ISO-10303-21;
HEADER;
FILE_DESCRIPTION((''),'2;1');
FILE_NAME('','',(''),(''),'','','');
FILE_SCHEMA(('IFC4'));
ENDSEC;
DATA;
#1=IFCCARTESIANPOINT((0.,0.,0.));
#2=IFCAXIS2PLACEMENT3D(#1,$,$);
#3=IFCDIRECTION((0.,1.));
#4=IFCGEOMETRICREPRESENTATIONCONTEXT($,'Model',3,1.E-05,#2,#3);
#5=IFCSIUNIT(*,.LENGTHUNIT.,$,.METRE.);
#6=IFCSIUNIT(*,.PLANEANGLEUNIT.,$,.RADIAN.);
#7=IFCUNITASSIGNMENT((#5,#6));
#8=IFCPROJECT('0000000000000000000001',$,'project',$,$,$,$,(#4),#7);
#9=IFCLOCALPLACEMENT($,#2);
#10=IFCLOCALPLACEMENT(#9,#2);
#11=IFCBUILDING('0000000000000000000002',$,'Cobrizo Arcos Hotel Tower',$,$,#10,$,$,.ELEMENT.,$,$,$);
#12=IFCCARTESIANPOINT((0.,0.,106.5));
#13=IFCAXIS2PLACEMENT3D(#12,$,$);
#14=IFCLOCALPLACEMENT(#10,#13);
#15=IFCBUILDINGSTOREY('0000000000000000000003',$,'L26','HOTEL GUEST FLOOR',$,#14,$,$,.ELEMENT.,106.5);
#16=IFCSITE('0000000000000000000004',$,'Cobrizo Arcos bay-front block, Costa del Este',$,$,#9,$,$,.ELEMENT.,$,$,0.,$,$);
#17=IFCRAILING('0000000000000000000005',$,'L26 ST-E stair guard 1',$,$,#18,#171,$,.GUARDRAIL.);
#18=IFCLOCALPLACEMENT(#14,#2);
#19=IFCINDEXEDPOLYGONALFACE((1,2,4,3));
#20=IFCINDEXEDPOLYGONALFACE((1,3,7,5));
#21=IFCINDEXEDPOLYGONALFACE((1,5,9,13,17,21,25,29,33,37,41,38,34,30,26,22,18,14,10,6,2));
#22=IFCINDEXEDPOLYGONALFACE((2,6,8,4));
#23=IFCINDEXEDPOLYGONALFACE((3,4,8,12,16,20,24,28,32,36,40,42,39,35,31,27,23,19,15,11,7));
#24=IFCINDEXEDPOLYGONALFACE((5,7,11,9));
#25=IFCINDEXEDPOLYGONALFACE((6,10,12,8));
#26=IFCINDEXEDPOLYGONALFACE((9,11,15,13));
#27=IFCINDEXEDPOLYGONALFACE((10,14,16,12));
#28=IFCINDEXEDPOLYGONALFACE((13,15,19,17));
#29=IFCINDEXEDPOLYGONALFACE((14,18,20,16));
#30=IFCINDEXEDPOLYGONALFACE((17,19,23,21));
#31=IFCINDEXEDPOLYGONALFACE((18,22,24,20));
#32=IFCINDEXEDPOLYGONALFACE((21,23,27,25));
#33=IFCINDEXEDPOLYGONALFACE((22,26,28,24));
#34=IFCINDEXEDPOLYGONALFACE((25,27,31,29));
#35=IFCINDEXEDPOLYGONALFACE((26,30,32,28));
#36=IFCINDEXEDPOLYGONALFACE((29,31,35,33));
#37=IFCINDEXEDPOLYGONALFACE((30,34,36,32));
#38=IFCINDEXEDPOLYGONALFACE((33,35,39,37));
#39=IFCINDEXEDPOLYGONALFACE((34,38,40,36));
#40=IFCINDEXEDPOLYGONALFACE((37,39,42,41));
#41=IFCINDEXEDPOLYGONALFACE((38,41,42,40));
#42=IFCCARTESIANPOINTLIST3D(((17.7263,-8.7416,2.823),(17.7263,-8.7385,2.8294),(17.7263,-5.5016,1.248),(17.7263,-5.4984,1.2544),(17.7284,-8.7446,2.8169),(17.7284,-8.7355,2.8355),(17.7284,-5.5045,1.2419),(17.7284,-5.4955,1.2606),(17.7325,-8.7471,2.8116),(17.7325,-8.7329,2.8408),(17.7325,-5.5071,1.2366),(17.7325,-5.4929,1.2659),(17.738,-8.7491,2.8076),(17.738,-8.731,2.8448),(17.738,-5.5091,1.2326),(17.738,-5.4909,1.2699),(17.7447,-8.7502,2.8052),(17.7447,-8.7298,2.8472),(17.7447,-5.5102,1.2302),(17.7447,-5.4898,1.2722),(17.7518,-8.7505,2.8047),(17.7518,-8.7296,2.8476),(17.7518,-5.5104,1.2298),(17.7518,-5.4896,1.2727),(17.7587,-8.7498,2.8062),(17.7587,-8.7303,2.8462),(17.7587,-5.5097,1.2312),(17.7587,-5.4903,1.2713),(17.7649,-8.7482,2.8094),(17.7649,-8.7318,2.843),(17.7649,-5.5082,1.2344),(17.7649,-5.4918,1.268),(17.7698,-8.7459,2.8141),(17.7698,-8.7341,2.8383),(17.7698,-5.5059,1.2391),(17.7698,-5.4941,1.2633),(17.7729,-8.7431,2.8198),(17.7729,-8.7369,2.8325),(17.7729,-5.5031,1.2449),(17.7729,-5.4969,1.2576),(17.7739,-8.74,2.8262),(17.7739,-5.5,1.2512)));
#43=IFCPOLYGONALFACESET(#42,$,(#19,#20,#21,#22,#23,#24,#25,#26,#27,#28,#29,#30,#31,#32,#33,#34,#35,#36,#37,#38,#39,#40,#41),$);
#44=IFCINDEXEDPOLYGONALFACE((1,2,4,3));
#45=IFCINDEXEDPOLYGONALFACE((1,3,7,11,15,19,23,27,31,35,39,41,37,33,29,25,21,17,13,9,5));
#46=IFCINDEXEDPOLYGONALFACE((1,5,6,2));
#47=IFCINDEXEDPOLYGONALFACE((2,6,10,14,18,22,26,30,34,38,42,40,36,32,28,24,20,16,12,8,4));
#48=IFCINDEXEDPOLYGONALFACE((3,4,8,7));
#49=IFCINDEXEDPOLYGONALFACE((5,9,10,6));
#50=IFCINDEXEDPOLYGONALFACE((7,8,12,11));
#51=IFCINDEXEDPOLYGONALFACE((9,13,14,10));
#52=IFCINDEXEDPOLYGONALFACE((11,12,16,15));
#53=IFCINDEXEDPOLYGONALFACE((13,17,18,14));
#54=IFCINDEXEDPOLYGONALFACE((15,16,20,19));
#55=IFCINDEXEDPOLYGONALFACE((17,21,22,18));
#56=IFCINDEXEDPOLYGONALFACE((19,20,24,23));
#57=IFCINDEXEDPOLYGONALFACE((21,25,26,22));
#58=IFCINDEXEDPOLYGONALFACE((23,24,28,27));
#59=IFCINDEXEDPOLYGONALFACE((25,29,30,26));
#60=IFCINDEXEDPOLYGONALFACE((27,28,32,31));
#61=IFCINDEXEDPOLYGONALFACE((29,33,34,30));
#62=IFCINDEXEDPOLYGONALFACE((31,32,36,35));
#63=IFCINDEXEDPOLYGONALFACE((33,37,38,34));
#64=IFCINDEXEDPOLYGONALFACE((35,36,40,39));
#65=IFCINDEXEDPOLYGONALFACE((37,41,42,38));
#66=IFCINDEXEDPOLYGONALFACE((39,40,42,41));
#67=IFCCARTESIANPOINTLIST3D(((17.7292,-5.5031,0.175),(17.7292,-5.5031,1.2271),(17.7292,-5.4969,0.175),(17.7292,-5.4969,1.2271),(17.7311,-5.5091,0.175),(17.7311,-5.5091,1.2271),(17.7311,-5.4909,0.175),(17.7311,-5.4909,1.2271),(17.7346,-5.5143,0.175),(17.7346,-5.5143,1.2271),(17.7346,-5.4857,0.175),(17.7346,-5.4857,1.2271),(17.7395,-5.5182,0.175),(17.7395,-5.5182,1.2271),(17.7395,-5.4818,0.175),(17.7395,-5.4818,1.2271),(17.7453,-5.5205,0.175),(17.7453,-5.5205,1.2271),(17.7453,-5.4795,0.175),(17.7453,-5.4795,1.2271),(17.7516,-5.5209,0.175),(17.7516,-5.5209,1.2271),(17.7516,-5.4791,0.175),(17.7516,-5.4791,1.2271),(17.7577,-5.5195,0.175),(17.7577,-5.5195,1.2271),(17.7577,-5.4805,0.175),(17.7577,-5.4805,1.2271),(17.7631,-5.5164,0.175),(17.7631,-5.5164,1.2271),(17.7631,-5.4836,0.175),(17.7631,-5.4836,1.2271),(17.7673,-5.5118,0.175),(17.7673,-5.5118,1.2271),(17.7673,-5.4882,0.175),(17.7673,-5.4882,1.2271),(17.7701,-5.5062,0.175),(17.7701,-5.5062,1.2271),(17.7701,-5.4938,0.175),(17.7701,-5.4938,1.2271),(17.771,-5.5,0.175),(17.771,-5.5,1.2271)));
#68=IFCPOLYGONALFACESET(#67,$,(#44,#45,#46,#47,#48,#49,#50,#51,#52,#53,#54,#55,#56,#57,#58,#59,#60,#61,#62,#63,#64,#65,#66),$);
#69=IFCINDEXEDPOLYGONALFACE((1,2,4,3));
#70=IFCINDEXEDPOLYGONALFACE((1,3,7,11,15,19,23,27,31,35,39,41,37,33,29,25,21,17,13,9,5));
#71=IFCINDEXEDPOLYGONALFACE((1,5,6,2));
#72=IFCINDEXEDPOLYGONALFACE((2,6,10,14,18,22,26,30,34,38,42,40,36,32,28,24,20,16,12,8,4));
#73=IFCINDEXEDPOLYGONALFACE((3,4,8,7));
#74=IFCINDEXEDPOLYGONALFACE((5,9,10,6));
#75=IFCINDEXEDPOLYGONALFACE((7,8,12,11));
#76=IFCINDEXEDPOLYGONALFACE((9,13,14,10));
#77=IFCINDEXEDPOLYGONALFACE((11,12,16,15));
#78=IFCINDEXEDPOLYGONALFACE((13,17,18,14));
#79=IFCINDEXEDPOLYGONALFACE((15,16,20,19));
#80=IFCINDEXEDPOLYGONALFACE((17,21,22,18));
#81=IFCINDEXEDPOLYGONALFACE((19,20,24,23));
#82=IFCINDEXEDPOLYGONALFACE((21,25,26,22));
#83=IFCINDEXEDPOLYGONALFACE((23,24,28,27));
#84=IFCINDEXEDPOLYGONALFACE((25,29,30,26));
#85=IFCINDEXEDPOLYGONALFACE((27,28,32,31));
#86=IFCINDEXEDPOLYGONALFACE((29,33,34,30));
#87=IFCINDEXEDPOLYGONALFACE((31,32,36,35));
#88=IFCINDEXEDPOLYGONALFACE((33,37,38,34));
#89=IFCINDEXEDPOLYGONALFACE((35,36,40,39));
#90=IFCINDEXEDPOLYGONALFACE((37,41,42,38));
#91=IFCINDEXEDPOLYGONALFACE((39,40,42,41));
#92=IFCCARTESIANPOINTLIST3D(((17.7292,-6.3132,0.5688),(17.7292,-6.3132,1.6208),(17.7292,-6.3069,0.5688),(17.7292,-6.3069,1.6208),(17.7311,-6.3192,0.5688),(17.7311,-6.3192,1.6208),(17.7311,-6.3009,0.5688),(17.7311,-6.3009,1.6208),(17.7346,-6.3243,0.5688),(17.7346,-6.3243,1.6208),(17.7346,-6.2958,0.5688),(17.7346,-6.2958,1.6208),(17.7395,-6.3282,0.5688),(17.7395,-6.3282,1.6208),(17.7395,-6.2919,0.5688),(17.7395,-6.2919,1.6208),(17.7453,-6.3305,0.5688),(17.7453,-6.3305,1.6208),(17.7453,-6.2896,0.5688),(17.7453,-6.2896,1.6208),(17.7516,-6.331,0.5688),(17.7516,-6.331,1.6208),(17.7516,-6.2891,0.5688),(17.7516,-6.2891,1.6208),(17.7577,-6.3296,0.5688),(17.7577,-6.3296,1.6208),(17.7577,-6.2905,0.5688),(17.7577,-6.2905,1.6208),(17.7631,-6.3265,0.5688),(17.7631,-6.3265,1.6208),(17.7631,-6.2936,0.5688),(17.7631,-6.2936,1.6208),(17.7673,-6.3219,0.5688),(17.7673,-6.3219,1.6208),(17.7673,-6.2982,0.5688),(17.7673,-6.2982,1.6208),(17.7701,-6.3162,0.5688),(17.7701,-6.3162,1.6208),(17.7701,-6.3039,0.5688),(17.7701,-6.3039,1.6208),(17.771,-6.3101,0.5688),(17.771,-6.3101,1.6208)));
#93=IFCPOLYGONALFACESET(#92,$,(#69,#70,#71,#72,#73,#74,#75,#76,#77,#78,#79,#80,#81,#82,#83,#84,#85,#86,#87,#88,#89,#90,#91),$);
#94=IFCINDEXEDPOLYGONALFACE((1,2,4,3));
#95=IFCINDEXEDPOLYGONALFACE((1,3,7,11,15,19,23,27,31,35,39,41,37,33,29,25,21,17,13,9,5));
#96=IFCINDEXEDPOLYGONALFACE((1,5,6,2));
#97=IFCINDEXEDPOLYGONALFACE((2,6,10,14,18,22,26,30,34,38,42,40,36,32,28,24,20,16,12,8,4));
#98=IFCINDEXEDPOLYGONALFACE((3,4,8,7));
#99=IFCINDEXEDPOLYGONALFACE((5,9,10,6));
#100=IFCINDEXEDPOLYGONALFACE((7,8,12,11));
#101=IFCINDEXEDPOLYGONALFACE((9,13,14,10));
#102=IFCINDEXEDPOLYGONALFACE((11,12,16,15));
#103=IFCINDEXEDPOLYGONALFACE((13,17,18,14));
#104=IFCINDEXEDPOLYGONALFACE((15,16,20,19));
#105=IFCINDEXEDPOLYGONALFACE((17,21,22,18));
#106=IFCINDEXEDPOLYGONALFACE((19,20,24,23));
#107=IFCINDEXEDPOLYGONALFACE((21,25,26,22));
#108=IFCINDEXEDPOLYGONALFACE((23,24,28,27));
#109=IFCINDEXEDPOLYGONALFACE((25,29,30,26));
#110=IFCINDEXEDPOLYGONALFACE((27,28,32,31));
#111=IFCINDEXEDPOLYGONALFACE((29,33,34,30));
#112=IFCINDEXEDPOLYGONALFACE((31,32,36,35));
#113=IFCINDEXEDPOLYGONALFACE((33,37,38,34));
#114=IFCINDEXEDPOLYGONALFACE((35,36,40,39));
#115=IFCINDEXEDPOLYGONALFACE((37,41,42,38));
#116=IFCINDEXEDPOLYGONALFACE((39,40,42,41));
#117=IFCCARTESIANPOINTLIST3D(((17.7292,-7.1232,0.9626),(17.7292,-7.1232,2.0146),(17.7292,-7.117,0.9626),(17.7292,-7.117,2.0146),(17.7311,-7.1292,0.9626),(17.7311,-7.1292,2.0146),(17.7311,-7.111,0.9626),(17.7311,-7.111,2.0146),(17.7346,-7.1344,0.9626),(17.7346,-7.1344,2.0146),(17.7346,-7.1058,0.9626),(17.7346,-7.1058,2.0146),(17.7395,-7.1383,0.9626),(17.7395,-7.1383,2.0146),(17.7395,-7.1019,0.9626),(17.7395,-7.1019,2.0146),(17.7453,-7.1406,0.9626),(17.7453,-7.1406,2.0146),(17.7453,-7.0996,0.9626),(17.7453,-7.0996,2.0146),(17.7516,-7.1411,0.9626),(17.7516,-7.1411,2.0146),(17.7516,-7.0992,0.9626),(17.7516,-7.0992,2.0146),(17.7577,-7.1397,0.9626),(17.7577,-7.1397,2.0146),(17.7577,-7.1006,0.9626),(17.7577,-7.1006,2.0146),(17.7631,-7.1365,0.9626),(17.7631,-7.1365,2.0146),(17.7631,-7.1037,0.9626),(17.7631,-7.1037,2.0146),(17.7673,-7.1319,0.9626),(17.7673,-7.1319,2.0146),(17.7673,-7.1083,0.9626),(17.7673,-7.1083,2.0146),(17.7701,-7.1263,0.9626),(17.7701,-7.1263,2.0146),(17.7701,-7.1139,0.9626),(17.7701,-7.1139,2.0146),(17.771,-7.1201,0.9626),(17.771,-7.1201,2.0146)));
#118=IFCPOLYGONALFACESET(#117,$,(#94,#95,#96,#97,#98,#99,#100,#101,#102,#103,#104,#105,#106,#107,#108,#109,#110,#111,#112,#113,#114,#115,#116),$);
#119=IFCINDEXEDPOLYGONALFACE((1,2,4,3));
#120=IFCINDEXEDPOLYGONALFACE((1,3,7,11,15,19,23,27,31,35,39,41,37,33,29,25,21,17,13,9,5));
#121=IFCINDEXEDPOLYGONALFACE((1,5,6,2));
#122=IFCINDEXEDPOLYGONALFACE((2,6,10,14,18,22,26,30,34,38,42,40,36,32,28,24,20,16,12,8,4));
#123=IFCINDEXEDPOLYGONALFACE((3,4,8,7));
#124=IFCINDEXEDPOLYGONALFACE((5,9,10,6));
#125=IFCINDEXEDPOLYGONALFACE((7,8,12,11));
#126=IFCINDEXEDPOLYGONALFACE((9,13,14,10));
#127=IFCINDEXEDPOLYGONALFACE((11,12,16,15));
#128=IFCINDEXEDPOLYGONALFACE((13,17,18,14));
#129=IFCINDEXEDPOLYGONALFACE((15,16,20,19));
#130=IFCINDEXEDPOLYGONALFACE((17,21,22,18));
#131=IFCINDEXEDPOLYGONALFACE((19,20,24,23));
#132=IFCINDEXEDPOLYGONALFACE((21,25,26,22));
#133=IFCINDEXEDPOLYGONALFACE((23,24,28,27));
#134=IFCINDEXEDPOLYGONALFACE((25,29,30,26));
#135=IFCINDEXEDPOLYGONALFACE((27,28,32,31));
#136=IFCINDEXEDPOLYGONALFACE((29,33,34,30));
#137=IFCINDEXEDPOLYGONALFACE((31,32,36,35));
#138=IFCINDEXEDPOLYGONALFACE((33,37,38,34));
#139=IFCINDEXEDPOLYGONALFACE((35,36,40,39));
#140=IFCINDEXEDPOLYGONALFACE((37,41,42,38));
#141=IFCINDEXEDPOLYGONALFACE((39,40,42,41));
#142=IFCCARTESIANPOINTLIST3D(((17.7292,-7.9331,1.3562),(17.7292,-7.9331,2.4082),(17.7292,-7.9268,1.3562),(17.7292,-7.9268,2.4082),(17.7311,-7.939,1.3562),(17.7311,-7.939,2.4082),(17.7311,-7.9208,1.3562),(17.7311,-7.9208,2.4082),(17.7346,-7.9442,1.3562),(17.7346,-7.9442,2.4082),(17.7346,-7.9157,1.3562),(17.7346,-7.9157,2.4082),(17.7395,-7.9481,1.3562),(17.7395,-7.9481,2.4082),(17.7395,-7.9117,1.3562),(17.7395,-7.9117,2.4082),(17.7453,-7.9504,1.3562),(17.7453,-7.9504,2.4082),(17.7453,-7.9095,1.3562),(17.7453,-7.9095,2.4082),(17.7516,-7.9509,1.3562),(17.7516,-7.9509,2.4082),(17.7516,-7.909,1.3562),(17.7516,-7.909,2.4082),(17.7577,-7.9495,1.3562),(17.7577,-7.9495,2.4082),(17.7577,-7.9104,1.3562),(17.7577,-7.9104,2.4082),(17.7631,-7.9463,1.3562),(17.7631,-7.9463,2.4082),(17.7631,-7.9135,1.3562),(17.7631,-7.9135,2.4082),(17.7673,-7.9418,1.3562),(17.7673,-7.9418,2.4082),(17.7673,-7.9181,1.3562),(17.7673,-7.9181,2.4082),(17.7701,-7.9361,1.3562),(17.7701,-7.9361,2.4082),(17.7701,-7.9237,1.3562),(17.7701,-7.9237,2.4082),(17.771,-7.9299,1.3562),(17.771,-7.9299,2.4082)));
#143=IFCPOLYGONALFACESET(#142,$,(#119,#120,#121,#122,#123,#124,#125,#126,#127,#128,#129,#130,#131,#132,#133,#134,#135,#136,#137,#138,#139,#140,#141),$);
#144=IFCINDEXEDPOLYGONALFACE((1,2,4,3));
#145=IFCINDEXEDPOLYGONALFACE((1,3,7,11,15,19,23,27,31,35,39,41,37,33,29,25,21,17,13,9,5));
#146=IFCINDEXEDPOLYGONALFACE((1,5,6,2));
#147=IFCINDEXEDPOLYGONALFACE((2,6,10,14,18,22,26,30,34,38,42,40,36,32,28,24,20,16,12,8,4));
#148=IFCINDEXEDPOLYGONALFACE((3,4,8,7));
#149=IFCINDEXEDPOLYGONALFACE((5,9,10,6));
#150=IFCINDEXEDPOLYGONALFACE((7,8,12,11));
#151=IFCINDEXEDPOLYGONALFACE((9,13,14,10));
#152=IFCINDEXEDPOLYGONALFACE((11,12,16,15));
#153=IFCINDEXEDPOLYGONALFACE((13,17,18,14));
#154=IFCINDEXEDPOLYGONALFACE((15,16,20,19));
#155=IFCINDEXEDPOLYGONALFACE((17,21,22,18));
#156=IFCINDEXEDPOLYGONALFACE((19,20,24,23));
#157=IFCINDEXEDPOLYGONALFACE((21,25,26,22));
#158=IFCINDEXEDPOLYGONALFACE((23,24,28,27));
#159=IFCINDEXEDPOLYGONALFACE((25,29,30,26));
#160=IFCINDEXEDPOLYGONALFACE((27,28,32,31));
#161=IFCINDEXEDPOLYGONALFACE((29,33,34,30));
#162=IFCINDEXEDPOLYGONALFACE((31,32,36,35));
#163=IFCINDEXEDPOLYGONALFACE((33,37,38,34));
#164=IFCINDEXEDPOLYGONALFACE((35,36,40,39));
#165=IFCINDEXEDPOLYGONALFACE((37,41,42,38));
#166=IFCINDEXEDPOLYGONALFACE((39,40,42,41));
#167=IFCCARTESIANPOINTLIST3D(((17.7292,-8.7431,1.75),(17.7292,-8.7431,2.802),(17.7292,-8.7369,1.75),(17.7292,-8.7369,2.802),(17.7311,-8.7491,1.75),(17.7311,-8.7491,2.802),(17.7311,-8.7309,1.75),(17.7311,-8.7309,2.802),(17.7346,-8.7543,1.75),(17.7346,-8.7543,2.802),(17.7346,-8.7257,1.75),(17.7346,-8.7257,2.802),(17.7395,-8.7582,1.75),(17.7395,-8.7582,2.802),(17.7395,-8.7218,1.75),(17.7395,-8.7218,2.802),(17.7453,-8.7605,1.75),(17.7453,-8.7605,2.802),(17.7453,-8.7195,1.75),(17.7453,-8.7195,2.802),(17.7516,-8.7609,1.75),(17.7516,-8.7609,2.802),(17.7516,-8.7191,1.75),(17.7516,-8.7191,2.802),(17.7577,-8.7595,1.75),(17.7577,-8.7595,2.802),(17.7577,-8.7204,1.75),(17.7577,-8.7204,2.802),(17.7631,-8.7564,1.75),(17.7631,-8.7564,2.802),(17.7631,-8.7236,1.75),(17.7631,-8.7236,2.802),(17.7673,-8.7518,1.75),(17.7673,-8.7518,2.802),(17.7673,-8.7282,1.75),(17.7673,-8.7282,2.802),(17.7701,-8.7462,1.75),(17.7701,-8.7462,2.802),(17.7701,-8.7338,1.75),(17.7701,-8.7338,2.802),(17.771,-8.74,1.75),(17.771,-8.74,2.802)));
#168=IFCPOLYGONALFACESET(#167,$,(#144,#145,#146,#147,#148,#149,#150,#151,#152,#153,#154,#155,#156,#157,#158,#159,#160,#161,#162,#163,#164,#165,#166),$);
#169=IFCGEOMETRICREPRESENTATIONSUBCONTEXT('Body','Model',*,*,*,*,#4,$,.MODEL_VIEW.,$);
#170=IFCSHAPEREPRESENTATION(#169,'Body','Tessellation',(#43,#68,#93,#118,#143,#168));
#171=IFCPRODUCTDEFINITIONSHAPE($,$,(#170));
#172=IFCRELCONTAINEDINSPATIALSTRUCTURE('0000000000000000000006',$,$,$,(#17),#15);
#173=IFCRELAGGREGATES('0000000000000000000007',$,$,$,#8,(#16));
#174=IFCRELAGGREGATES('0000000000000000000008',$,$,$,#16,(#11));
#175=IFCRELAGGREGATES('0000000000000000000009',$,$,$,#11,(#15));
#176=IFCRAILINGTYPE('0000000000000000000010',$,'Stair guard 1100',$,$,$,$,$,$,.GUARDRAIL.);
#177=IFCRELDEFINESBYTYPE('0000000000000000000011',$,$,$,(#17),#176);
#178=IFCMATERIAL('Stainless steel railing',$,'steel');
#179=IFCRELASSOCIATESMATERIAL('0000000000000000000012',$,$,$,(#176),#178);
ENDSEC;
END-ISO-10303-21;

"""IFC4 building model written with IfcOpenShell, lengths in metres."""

from ifc_helpers import new_model, si_unit, direction, frame, origin, origin_2d, place, context, subcontext, project, spatial, circle, extrude, material, type_object, element, save


model = new_model("IFC4")

# Units and contexts
model_context = context("Model", 3, precision=1e-05, world=origin(), true_north=direction((0.0, 1.0)))
body_context = subcontext(model_context, "Body", "Model", "MODEL_VIEW")
ifc_project = project(units=[si_unit("LENGTHUNIT", "METRE"), si_unit("PLANEANGLEUNIT", "RADIAN")], contexts=[model_context])

# Site, building, storey
site_placement = place(None, origin())
site = spatial("IfcSite", under=ifc_project, at=site_placement, Name="Cobrizo Arcos bay-front block, Costa del Este", CompositionType="ELEMENT", RefElevation=0.0)
building_placement = place(site_placement, origin())
building = spatial("IfcBuilding", under=site, at=building_placement, Name="Cobrizo Arcos Hotel Tower", CompositionType="ELEMENT")
storey_placement = place(building_placement, frame((0.0, 0.0, 106.5)))
storey = spatial("IfcBuildingStorey", under=building, at=storey_placement, Name="L26", Description="HOTEL GUEST FLOOR", CompositionType="ELEMENT", Elevation=106.5)

# Railing
ifc_material_1 = material(Name="Stainless steel railing", Category="steel")
railing_type_1 = type_object("IfcRailingType", Name="Stair guard 1100", PredefinedType="GUARDRAIL", material=ifc_material_1)
railing_1_placement = place(storey_placement, frame((17.75, -5.5, 0.175)))
element("IfcRailing", 1, at=railing_1_placement, inside=storey, type_object=railing_type_1, Name="L26 ST-E stair guard 1", PredefinedType="GUARDRAIL", context=body_context, shape_type="SweptSolid", body=[
    extrude(circle(Radius=0.0239, at=origin_2d()), frame((0.0, 0.0, 1.0762), z_axis=(0.0, -0.899373, 0.437183), x_axis=(1.0, 0.0, 0.0)), (0.0, 0.0, 1.0), 3.6025),
    extrude(circle(Radius=0.021, at=origin_2d()), origin(), (0.0, 0.0, 1.0), 1.052),
    extrude(circle(Radius=0.021, at=origin_2d()), frame((0.0, -0.8101, 0.3938)), (0.0, 0.0, 1.0), 1.052),
    extrude(circle(Radius=0.021, at=origin_2d()), frame((0.0, -1.6201, 0.7876)), (0.0, 0.0, 1.0), 1.052),
    extrude(circle(Radius=0.021, at=origin_2d()), frame((0.0, -2.4299, 1.1812)), (0.0, 0.0, 1.0), 1.052),
    extrude(circle(Radius=0.021, at=origin_2d()), frame((0.0, -3.24, 1.575)), (0.0, 0.0, 1.0), 1.052),
])

save(model, "model.ifc")
